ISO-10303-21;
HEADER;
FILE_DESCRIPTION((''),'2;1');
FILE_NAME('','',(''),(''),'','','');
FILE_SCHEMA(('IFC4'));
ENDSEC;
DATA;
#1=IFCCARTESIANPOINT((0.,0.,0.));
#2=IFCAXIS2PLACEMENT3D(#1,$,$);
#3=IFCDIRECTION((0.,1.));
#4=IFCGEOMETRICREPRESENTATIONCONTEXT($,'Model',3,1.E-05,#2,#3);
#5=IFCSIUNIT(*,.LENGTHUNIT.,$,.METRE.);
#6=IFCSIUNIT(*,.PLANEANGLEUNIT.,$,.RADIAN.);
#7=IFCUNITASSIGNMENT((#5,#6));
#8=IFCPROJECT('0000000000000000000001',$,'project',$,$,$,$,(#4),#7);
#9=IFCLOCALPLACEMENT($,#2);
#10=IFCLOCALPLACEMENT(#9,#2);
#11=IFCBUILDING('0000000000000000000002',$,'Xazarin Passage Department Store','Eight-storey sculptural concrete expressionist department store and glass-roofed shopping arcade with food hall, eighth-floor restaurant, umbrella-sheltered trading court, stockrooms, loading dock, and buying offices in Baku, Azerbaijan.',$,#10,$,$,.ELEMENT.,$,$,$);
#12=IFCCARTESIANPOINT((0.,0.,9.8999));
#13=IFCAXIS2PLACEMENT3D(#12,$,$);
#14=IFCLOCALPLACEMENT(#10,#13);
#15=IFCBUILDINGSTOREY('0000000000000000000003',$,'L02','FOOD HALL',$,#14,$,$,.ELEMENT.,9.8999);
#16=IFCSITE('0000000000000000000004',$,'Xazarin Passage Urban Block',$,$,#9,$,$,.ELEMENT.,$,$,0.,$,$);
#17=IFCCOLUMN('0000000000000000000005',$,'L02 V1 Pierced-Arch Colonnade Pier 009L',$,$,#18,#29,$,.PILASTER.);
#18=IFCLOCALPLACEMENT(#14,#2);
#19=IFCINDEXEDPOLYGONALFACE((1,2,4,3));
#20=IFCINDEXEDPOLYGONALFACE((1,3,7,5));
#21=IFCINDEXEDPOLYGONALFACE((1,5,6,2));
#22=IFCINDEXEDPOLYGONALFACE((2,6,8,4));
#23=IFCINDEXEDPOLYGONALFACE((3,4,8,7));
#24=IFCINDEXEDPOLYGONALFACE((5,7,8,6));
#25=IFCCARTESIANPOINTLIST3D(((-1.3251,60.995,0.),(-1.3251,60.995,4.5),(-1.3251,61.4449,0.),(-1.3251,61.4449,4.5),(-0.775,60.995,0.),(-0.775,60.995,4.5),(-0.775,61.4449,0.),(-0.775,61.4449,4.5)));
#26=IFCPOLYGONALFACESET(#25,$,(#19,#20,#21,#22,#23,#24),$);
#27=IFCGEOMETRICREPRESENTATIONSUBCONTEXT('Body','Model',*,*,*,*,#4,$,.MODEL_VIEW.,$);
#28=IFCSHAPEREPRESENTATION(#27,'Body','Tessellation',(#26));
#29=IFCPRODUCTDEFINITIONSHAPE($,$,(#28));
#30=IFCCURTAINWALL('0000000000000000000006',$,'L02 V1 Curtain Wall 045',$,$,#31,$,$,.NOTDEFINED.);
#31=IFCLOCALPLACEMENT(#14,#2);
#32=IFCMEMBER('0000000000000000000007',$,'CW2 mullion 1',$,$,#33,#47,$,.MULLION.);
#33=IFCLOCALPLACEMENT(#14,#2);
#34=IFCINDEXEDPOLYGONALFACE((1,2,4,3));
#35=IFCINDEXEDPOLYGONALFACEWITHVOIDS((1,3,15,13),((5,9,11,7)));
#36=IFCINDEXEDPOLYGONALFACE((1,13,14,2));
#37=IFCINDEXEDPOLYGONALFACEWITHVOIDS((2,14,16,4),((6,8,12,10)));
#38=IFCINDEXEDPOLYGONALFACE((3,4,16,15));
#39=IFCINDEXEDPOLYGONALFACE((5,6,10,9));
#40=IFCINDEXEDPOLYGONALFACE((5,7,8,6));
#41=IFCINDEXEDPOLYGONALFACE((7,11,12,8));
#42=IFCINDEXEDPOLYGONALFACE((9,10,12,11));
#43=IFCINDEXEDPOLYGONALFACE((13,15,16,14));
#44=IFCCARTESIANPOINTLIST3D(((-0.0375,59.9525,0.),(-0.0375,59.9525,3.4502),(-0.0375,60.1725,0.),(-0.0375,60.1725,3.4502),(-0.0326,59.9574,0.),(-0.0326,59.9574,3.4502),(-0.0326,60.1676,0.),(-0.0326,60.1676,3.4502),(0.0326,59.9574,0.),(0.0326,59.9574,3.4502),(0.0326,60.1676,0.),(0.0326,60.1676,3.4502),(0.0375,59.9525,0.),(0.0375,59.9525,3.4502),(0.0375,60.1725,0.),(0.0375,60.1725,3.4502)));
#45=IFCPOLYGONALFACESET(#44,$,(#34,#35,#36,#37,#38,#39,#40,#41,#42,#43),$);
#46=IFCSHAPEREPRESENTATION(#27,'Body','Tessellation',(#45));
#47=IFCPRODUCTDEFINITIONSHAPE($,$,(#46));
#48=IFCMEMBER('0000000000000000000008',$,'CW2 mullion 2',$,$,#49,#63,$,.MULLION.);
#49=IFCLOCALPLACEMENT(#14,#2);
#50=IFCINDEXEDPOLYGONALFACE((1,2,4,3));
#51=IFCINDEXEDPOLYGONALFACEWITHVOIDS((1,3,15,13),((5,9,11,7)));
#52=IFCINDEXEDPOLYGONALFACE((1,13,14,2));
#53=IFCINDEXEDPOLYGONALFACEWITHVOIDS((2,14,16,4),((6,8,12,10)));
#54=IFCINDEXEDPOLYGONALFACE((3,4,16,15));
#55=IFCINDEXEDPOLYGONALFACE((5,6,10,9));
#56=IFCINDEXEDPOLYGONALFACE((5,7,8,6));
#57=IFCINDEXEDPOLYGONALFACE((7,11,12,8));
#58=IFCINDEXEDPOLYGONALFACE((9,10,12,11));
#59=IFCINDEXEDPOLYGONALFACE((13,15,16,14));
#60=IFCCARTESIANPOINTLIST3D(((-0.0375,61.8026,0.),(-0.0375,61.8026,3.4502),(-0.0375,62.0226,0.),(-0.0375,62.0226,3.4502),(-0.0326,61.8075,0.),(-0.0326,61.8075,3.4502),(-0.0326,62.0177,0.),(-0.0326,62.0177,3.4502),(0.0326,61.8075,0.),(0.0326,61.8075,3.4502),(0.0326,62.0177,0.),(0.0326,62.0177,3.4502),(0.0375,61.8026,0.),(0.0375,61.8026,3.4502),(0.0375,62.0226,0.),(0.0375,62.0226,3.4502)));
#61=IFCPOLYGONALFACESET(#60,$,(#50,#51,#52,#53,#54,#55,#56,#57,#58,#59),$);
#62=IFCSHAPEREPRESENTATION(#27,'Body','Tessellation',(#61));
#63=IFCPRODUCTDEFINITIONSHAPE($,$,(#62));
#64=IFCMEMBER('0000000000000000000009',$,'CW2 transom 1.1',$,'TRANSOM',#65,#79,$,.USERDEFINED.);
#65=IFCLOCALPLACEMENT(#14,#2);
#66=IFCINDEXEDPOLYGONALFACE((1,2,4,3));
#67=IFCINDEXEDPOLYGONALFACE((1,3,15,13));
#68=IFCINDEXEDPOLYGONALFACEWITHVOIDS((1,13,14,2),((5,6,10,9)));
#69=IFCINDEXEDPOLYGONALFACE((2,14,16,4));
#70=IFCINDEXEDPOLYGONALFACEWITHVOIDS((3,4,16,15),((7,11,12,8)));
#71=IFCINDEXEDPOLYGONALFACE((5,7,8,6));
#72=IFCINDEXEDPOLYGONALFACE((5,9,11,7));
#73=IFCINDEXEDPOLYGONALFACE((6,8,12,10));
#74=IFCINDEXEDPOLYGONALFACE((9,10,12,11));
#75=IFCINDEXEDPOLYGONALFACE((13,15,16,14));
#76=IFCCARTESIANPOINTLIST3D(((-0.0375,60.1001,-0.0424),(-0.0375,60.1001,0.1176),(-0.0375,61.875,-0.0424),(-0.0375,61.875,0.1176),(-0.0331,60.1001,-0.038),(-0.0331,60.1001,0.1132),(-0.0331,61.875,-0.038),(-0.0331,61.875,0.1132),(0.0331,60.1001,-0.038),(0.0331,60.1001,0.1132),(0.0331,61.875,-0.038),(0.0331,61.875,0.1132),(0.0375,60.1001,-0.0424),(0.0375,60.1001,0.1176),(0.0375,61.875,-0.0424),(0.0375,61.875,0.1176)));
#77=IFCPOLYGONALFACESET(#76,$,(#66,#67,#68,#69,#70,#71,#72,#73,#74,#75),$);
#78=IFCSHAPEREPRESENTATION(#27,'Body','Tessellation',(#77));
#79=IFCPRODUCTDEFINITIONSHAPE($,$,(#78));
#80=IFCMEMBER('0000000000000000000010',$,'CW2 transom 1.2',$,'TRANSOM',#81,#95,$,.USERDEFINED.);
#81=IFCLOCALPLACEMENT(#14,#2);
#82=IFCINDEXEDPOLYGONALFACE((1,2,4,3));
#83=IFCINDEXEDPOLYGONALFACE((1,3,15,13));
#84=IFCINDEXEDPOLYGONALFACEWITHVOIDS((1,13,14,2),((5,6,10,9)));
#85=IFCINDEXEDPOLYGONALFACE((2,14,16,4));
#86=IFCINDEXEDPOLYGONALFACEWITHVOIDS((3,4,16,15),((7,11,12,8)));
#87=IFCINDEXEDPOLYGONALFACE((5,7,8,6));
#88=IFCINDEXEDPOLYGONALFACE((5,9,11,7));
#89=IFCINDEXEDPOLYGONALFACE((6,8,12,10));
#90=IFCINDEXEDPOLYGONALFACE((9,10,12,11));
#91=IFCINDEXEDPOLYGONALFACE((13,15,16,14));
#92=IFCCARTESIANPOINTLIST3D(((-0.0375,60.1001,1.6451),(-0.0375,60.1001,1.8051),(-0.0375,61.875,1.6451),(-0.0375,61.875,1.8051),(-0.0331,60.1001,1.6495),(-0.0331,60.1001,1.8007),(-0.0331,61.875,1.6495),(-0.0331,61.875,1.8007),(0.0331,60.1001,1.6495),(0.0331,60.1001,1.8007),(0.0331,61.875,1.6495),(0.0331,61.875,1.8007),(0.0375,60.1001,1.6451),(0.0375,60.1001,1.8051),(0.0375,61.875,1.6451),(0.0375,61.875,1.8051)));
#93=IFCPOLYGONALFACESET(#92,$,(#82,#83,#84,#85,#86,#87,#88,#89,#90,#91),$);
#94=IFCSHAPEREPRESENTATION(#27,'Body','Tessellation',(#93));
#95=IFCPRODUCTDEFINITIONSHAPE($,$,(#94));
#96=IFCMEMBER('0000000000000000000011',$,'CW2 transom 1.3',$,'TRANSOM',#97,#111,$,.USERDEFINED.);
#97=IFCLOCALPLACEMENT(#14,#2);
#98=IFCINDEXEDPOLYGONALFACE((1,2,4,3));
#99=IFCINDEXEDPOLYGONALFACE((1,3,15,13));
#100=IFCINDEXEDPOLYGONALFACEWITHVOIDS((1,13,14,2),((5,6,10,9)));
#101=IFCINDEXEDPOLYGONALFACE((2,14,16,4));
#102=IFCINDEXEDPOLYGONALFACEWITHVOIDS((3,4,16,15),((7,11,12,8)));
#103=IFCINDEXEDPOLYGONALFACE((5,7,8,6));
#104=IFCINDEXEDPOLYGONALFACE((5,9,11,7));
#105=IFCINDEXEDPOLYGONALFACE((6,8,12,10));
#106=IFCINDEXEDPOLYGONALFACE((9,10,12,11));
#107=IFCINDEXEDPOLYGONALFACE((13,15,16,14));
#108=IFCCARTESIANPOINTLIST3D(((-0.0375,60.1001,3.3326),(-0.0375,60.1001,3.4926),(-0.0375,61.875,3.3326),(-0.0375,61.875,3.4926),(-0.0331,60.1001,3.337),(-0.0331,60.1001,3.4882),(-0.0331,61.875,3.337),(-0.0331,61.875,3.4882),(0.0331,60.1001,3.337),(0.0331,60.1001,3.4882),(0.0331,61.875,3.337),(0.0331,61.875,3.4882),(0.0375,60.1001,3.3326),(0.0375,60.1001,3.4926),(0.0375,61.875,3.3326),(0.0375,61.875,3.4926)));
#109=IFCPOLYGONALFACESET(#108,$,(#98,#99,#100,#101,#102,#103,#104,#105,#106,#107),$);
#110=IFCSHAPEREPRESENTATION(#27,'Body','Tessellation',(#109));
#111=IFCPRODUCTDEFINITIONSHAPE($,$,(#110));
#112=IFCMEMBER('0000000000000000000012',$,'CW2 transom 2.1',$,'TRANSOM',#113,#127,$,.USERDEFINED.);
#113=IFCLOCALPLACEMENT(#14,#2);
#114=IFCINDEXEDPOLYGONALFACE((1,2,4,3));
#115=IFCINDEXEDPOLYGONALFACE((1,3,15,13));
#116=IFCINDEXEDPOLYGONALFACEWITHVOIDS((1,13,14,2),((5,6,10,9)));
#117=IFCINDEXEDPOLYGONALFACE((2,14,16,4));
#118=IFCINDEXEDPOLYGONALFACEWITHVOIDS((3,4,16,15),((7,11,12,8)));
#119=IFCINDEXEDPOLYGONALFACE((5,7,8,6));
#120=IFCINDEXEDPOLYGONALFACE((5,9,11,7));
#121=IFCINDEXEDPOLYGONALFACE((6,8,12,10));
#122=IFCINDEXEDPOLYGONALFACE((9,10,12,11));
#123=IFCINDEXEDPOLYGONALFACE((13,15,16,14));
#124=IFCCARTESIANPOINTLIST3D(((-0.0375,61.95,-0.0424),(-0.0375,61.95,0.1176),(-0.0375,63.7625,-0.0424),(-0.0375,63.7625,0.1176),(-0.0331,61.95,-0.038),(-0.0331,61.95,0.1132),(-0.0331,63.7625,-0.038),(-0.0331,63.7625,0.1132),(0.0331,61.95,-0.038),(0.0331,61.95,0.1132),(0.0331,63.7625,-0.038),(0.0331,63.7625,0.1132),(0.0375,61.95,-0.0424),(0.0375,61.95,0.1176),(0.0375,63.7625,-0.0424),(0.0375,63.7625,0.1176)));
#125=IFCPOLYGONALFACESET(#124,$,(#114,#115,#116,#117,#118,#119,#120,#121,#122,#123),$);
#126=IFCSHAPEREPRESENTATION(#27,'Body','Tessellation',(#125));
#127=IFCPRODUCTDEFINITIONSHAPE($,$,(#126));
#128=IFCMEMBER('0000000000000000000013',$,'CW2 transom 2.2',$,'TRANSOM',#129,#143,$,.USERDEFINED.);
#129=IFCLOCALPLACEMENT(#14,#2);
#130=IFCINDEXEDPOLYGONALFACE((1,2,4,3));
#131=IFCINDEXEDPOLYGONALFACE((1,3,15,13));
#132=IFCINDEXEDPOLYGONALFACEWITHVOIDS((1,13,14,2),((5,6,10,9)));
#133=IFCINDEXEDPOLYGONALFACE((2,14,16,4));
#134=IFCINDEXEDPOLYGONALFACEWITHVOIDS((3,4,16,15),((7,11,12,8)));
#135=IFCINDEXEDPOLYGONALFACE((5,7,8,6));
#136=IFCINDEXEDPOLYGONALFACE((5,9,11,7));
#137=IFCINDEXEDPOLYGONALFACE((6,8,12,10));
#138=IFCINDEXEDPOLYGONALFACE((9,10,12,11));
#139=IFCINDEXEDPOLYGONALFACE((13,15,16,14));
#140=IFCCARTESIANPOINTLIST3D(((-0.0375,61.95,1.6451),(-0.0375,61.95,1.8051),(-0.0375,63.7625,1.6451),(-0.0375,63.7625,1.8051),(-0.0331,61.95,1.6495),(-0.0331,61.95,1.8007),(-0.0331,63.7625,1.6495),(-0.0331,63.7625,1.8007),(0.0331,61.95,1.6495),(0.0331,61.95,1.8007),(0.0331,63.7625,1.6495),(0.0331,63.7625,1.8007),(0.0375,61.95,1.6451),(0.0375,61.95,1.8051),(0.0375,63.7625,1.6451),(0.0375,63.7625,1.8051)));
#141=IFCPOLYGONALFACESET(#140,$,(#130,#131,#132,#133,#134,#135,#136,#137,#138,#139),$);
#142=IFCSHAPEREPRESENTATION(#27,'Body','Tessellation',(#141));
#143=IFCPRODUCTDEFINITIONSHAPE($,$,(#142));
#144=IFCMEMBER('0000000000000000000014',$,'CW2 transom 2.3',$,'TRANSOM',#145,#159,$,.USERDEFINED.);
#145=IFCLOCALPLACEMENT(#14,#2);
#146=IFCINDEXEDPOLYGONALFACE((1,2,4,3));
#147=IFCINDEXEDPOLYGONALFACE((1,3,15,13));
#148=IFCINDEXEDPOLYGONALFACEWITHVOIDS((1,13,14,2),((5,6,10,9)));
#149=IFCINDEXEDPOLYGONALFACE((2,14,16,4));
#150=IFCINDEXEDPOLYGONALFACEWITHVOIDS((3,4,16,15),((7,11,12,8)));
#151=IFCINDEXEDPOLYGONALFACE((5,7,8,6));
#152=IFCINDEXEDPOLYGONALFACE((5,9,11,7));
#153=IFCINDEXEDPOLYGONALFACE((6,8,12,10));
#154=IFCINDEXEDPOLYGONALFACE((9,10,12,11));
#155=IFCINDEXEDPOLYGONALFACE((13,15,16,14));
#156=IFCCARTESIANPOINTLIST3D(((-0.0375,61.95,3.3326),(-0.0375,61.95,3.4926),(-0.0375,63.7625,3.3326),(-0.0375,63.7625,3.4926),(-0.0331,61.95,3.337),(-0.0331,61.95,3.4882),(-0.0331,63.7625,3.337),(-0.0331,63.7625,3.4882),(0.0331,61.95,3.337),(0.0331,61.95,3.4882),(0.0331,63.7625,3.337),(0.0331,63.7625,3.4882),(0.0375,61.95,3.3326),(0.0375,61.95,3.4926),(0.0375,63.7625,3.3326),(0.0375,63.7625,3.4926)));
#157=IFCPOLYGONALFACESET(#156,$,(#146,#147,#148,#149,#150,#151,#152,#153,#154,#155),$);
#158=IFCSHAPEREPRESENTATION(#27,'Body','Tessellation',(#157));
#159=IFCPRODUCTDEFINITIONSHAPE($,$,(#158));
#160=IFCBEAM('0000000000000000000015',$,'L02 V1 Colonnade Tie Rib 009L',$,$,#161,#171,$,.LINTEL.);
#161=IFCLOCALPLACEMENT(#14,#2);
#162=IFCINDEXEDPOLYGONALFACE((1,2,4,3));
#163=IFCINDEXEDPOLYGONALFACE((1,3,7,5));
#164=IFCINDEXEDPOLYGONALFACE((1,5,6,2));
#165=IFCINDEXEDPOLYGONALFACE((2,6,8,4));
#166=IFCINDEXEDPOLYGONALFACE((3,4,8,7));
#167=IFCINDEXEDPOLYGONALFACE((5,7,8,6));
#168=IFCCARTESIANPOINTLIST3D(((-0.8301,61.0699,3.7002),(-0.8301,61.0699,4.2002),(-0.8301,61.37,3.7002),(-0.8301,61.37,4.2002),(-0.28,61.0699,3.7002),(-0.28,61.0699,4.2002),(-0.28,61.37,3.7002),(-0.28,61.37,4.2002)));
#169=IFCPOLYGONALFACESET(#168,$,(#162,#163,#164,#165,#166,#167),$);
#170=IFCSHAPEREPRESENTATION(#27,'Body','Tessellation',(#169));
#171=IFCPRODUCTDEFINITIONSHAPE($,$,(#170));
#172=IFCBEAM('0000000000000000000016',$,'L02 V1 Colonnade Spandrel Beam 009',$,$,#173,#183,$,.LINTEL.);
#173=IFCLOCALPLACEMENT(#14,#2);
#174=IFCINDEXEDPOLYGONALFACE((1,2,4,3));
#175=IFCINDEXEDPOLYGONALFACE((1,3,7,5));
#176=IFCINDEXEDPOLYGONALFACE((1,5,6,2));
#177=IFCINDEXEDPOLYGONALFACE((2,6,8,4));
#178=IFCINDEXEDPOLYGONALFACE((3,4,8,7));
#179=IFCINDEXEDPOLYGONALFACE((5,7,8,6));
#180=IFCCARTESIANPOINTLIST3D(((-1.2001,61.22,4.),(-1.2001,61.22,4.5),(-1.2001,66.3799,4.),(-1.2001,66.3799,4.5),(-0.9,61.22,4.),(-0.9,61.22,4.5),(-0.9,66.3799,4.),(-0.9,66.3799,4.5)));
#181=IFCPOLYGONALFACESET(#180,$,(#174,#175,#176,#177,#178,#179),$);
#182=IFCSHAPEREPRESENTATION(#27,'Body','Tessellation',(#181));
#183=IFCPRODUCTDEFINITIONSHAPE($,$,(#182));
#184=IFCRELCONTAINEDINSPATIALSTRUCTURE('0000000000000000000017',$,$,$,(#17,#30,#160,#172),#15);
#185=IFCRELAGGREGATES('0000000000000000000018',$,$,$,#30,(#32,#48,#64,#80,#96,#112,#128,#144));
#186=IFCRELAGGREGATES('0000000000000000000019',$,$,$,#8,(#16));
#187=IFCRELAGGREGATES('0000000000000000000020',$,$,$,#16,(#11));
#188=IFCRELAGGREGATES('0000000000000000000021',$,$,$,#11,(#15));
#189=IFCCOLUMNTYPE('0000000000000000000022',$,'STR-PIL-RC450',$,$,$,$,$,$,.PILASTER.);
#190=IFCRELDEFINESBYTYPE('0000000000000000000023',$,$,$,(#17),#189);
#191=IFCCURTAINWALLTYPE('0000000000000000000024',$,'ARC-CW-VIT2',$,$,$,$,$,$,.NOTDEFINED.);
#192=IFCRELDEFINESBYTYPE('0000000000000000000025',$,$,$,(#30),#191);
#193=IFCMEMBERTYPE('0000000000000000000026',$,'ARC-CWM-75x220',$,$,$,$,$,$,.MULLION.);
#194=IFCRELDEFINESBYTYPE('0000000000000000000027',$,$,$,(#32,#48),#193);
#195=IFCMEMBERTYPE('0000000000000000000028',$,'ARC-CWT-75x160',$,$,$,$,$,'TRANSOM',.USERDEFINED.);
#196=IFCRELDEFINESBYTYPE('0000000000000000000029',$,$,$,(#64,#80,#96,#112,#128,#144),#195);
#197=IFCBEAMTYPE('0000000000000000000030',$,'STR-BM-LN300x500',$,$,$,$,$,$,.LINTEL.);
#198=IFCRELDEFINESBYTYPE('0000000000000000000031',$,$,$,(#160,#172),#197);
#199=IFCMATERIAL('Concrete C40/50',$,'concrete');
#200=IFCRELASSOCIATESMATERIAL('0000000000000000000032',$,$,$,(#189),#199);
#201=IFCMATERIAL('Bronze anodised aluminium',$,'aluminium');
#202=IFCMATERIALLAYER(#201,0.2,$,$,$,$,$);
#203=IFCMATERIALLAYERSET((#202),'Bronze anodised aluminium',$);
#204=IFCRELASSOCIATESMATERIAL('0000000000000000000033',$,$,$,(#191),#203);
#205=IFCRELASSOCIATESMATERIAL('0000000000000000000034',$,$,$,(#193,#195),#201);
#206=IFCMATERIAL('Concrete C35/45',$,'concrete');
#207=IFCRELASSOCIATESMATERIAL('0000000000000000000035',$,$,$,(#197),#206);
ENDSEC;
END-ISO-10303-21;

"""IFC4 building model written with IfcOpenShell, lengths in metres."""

from ifc_helpers import new_model, si_unit, direction, frame, origin, origin_2d, place, context, subcontext, project, spatial, rectangle, hollow_rectangle, extrude, material, layer, layer_set, material_profile, profile_set, type_object, element, aggregate, save


model = new_model("IFC4")

# Units and contexts
model_context = context("Model", 3, precision=1e-05, world=origin(), true_north=direction((0.0, 1.0)))
body_context = subcontext(model_context, "Body", "Model", "MODEL_VIEW")
ifc_project = project(units=[si_unit("LENGTHUNIT", "METRE"), si_unit("PLANEANGLEUNIT", "RADIAN")], contexts=[model_context])

# Site, building, storey
site_placement = place(None, origin())
site = spatial("IfcSite", under=ifc_project, at=site_placement, Name="Xazarin Passage Urban Block", CompositionType="ELEMENT", RefElevation=0.0)
building_placement = place(site_placement, origin())
building = spatial("IfcBuilding", under=site, at=building_placement, Name="Xazarin Passage Department Store", Description="Eight-storey sculptural concrete expressionist department store and glass-roofed shopping arcade with food hall, eighth-floor restaurant, umbrella-sheltered trading court, stockrooms, loading dock, and buying offices in Baku, Azerbaijan.", CompositionType="ELEMENT")
storey_placement = place(building_placement, frame((0.0, 0.0, 9.8999)))
storey = spatial("IfcBuildingStorey", under=building, at=storey_placement, Name="L02", Description="FOOD HALL", CompositionType="ELEMENT", Elevation=9.8999)

# Column
ifc_material_1 = material(Name="Concrete C40/50", Category="concrete")
ifc_material_profile_1 = material_profile(ifc_material_1, rectangle(XDim=0.45, YDim=0.55, at=origin_2d()), Name="RC 450x550")
ifc_profile_set_1 = profile_set([ifc_material_profile_1], Name="Concrete C40/50")
column_type = type_object("IfcColumnType", Name="STR-PIL-RC450", PredefinedType="PILASTER", material=ifc_profile_set_1)
column_placement = place(storey_placement, frame((-1.05, 61.22, 0.0), z_axis=(0.0, 0.0, 1.0), x_axis=(0.0, 1.0, 0.0)))
element("IfcColumn", 1, at=column_placement, inside=storey, type_object=column_type, Name="L02 V1 Pierced-Arch Colonnade Pier 009L", PredefinedType="PILASTER", context=body_context, shape_type="SweptSolid", body=[
    extrude(rectangle(XDim=0.45, YDim=0.55, at=origin_2d()), origin(), (0.0, 0.0, 1.0), 4.5),
])

# Curtain wall, members
ifc_material_2 = material(Name="Bronze anodised aluminium", Category="aluminium")
ifc_layer_1 = layer(ifc_material_2, 0.2)
ifc_layer_set_1 = layer_set([ifc_layer_1], Name="Bronze anodised aluminium")
curtain_wall_type = type_object("IfcCurtainWallType", Name="ARC-CW-VIT2", PredefinedType="NOTDEFINED", material=ifc_layer_set_1)
curtain_wall_placement = place(storey_placement, origin())
curtain_wall = element("IfcCurtainWall", 2, at=curtain_wall_placement, inside=storey, type_object=curtain_wall_type, Name="L02 V1 Curtain Wall 045", PredefinedType="NOTDEFINED")
ifc_material_profile_2 = material_profile(ifc_material_2, hollow_rectangle(XDim=0.075, YDim=0.22, WallThickness=0.0049, at=origin_2d()), Name="ALU 75x220")
ifc_profile_set_2 = profile_set([ifc_material_profile_2], Name="Bronze anodised aluminium")
member_type_1 = type_object("IfcMemberType", Name="ARC-CWM-75x220", PredefinedType="MULLION", material=ifc_profile_set_2)
member_1_placement = place(storey_placement, frame((0.0, 60.0625, 0.0), z_axis=(0.0, 0.0, 1.0), x_axis=(-1.0, 0.0, 0.0)))
member_1 = element("IfcMember", 3, at=member_1_placement, type_object=member_type_1, Name="CW2 mullion 1", PredefinedType="MULLION", context=body_context, shape_type="SweptSolid", body=[
    extrude(hollow_rectangle(XDim=0.075, YDim=0.22, WallThickness=0.0049, at=origin_2d()), origin(), (0.0, 0.0, 1.0), 3.4502),
])
member_2_placement = place(storey_placement, frame((0.0, 61.9126, 0.0), z_axis=(0.0, 0.0, 1.0), x_axis=(-1.0, 0.0, 0.0)))
member_2 = element("IfcMember", 4, at=member_2_placement, type_object=member_type_1, Name="CW2 mullion 2", PredefinedType="MULLION", context=body_context, shape_type="SweptSolid", body=[
    extrude(hollow_rectangle(XDim=0.075, YDim=0.22, WallThickness=0.0049, at=origin_2d()), origin(), (0.0, 0.0, 1.0), 3.4502),
])
ifc_material_profile_3 = material_profile(ifc_material_2, hollow_rectangle(XDim=0.075, YDim=0.1599, WallThickness=0.0044, at=origin_2d()), Name="ALU 75x160")
ifc_profile_set_3 = profile_set([ifc_material_profile_3], Name="Bronze anodised aluminium")
member_type_2 = type_object("IfcMemberType", Name="ARC-CWT-75x160", ElementType="TRANSOM", PredefinedType="USERDEFINED", material=ifc_profile_set_3)
member_3_placement = place(storey_placement, frame((0.0, 60.1001, 0.0376), z_axis=(0.0, 1.0, 0.0), x_axis=(-1.0, 0.0, 0.0)))
member_3 = element("IfcMember", 5, at=member_3_placement, type_object=member_type_2, Name="CW2 transom 1.1", ObjectType="TRANSOM", PredefinedType="USERDEFINED", context=body_context, shape_type="SweptSolid", body=[
    extrude(hollow_rectangle(XDim=0.075, YDim=0.1599, WallThickness=0.0044, at=origin_2d()), origin(), (0.0, 0.0, 1.0), 1.7749),
])
member_4_placement = place(storey_placement, frame((0.0, 60.1001, 1.7251), z_axis=(0.0, 1.0, 0.0), x_axis=(-1.0, 0.0, 0.0)))
member_4 = element("IfcMember", 6, at=member_4_placement, type_object=member_type_2, Name="CW2 transom 1.2", ObjectType="TRANSOM", PredefinedType="USERDEFINED", context=body_context, shape_type="SweptSolid", body=[
    extrude(hollow_rectangle(XDim=0.075, YDim=0.1599, WallThickness=0.0044, at=origin_2d()), origin(), (0.0, 0.0, 1.0), 1.7749),
])
member_5_placement = place(storey_placement, frame((0.0, 60.1001, 3.4126), z_axis=(0.0, 1.0, 0.0), x_axis=(-1.0, 0.0, 0.0)))
member_5 = element("IfcMember", 7, at=member_5_placement, type_object=member_type_2, Name="CW2 transom 1.3", ObjectType="TRANSOM", PredefinedType="USERDEFINED", context=body_context, shape_type="SweptSolid", body=[
    extrude(hollow_rectangle(XDim=0.075, YDim=0.1599, WallThickness=0.0044, at=origin_2d()), origin(), (0.0, 0.0, 1.0), 1.7749),
])
member_6_placement = place(storey_placement, frame((0.0, 61.95, 0.0376), z_axis=(0.0, 1.0, 0.0), x_axis=(-1.0, 0.0, 0.0)))
member_6 = element("IfcMember", 8, at=member_6_placement, type_object=member_type_2, Name="CW2 transom 2.1", ObjectType="TRANSOM", PredefinedType="USERDEFINED", context=body_context, shape_type="SweptSolid", body=[
    extrude(hollow_rectangle(XDim=0.075, YDim=0.1599, WallThickness=0.0044, at=origin_2d()), origin(), (0.0, 0.0, 1.0), 1.8125),
])
member_7_placement = place(storey_placement, frame((0.0, 61.95, 1.7251), z_axis=(0.0, 1.0, 0.0), x_axis=(-1.0, 0.0, 0.0)))
member_7 = element("IfcMember", 9, at=member_7_placement, type_object=member_type_2, Name="CW2 transom 2.2", ObjectType="TRANSOM", PredefinedType="USERDEFINED", context=body_context, shape_type="SweptSolid", body=[
    extrude(hollow_rectangle(XDim=0.075, YDim=0.1599, WallThickness=0.0044, at=origin_2d()), origin(), (0.0, 0.0, 1.0), 1.8125),
])
member_8_placement = place(storey_placement, frame((0.0, 61.95, 3.4126), z_axis=(0.0, 1.0, 0.0), x_axis=(-1.0, 0.0, 0.0)))
member_8 = element("IfcMember", 10, at=member_8_placement, type_object=member_type_2, Name="CW2 transom 2.3", ObjectType="TRANSOM", PredefinedType="USERDEFINED", context=body_context, shape_type="SweptSolid", body=[
    extrude(hollow_rectangle(XDim=0.075, YDim=0.1599, WallThickness=0.0044, at=origin_2d()), origin(), (0.0, 0.0, 1.0), 1.8125),
])

# Beams
ifc_material_3 = material(Name="Concrete C35/45", Category="concrete")
ifc_material_profile_4 = material_profile(ifc_material_3, rectangle(XDim=0.3, YDim=0.5, at=origin_2d()), Name="RC 300x500")
ifc_profile_set_4 = profile_set([ifc_material_profile_4], Name="Concrete C35/45")
beam_type_1 = type_object("IfcBeamType", Name="STR-BM-LN300x500", PredefinedType="LINTEL", material=ifc_profile_set_4)
beam_1_placement = place(storey_placement, frame((-0.28, 61.22, 3.9502), z_axis=(-1.0, 0.0, 0.0), x_axis=(0.0, -1.0, 0.0)))
element("IfcBeam", 11, at=beam_1_placement, inside=storey, type_object=beam_type_1, Name="L02 V1 Colonnade Tie Rib 009L", PredefinedType="LINTEL", context=body_context, shape_type="SweptSolid", body=[
    extrude(rectangle(XDim=0.3, YDim=0.5, at=origin_2d()), origin(), (0.0, 0.0, 1.0), 0.55),
])
beam_2_placement = place(storey_placement, frame((-1.05, 61.22, 4.25), z_axis=(0.0, 1.0, 0.0), x_axis=(-1.0, 0.0, 0.0)))
element("IfcBeam", 12, at=beam_2_placement, inside=storey, type_object=beam_type_1, Name="L02 V1 Colonnade Spandrel Beam 009", PredefinedType="LINTEL", context=body_context, shape_type="SweptSolid", body=[
    extrude(rectangle(XDim=0.3, YDim=0.5, at=origin_2d()), origin(), (0.0, 0.0, 1.0), 5.1599),
])

aggregate(curtain_wall, [member_1, member_2, member_3, member_4, member_5, member_6, member_7, member_8])

save(model, "model.ifc")
